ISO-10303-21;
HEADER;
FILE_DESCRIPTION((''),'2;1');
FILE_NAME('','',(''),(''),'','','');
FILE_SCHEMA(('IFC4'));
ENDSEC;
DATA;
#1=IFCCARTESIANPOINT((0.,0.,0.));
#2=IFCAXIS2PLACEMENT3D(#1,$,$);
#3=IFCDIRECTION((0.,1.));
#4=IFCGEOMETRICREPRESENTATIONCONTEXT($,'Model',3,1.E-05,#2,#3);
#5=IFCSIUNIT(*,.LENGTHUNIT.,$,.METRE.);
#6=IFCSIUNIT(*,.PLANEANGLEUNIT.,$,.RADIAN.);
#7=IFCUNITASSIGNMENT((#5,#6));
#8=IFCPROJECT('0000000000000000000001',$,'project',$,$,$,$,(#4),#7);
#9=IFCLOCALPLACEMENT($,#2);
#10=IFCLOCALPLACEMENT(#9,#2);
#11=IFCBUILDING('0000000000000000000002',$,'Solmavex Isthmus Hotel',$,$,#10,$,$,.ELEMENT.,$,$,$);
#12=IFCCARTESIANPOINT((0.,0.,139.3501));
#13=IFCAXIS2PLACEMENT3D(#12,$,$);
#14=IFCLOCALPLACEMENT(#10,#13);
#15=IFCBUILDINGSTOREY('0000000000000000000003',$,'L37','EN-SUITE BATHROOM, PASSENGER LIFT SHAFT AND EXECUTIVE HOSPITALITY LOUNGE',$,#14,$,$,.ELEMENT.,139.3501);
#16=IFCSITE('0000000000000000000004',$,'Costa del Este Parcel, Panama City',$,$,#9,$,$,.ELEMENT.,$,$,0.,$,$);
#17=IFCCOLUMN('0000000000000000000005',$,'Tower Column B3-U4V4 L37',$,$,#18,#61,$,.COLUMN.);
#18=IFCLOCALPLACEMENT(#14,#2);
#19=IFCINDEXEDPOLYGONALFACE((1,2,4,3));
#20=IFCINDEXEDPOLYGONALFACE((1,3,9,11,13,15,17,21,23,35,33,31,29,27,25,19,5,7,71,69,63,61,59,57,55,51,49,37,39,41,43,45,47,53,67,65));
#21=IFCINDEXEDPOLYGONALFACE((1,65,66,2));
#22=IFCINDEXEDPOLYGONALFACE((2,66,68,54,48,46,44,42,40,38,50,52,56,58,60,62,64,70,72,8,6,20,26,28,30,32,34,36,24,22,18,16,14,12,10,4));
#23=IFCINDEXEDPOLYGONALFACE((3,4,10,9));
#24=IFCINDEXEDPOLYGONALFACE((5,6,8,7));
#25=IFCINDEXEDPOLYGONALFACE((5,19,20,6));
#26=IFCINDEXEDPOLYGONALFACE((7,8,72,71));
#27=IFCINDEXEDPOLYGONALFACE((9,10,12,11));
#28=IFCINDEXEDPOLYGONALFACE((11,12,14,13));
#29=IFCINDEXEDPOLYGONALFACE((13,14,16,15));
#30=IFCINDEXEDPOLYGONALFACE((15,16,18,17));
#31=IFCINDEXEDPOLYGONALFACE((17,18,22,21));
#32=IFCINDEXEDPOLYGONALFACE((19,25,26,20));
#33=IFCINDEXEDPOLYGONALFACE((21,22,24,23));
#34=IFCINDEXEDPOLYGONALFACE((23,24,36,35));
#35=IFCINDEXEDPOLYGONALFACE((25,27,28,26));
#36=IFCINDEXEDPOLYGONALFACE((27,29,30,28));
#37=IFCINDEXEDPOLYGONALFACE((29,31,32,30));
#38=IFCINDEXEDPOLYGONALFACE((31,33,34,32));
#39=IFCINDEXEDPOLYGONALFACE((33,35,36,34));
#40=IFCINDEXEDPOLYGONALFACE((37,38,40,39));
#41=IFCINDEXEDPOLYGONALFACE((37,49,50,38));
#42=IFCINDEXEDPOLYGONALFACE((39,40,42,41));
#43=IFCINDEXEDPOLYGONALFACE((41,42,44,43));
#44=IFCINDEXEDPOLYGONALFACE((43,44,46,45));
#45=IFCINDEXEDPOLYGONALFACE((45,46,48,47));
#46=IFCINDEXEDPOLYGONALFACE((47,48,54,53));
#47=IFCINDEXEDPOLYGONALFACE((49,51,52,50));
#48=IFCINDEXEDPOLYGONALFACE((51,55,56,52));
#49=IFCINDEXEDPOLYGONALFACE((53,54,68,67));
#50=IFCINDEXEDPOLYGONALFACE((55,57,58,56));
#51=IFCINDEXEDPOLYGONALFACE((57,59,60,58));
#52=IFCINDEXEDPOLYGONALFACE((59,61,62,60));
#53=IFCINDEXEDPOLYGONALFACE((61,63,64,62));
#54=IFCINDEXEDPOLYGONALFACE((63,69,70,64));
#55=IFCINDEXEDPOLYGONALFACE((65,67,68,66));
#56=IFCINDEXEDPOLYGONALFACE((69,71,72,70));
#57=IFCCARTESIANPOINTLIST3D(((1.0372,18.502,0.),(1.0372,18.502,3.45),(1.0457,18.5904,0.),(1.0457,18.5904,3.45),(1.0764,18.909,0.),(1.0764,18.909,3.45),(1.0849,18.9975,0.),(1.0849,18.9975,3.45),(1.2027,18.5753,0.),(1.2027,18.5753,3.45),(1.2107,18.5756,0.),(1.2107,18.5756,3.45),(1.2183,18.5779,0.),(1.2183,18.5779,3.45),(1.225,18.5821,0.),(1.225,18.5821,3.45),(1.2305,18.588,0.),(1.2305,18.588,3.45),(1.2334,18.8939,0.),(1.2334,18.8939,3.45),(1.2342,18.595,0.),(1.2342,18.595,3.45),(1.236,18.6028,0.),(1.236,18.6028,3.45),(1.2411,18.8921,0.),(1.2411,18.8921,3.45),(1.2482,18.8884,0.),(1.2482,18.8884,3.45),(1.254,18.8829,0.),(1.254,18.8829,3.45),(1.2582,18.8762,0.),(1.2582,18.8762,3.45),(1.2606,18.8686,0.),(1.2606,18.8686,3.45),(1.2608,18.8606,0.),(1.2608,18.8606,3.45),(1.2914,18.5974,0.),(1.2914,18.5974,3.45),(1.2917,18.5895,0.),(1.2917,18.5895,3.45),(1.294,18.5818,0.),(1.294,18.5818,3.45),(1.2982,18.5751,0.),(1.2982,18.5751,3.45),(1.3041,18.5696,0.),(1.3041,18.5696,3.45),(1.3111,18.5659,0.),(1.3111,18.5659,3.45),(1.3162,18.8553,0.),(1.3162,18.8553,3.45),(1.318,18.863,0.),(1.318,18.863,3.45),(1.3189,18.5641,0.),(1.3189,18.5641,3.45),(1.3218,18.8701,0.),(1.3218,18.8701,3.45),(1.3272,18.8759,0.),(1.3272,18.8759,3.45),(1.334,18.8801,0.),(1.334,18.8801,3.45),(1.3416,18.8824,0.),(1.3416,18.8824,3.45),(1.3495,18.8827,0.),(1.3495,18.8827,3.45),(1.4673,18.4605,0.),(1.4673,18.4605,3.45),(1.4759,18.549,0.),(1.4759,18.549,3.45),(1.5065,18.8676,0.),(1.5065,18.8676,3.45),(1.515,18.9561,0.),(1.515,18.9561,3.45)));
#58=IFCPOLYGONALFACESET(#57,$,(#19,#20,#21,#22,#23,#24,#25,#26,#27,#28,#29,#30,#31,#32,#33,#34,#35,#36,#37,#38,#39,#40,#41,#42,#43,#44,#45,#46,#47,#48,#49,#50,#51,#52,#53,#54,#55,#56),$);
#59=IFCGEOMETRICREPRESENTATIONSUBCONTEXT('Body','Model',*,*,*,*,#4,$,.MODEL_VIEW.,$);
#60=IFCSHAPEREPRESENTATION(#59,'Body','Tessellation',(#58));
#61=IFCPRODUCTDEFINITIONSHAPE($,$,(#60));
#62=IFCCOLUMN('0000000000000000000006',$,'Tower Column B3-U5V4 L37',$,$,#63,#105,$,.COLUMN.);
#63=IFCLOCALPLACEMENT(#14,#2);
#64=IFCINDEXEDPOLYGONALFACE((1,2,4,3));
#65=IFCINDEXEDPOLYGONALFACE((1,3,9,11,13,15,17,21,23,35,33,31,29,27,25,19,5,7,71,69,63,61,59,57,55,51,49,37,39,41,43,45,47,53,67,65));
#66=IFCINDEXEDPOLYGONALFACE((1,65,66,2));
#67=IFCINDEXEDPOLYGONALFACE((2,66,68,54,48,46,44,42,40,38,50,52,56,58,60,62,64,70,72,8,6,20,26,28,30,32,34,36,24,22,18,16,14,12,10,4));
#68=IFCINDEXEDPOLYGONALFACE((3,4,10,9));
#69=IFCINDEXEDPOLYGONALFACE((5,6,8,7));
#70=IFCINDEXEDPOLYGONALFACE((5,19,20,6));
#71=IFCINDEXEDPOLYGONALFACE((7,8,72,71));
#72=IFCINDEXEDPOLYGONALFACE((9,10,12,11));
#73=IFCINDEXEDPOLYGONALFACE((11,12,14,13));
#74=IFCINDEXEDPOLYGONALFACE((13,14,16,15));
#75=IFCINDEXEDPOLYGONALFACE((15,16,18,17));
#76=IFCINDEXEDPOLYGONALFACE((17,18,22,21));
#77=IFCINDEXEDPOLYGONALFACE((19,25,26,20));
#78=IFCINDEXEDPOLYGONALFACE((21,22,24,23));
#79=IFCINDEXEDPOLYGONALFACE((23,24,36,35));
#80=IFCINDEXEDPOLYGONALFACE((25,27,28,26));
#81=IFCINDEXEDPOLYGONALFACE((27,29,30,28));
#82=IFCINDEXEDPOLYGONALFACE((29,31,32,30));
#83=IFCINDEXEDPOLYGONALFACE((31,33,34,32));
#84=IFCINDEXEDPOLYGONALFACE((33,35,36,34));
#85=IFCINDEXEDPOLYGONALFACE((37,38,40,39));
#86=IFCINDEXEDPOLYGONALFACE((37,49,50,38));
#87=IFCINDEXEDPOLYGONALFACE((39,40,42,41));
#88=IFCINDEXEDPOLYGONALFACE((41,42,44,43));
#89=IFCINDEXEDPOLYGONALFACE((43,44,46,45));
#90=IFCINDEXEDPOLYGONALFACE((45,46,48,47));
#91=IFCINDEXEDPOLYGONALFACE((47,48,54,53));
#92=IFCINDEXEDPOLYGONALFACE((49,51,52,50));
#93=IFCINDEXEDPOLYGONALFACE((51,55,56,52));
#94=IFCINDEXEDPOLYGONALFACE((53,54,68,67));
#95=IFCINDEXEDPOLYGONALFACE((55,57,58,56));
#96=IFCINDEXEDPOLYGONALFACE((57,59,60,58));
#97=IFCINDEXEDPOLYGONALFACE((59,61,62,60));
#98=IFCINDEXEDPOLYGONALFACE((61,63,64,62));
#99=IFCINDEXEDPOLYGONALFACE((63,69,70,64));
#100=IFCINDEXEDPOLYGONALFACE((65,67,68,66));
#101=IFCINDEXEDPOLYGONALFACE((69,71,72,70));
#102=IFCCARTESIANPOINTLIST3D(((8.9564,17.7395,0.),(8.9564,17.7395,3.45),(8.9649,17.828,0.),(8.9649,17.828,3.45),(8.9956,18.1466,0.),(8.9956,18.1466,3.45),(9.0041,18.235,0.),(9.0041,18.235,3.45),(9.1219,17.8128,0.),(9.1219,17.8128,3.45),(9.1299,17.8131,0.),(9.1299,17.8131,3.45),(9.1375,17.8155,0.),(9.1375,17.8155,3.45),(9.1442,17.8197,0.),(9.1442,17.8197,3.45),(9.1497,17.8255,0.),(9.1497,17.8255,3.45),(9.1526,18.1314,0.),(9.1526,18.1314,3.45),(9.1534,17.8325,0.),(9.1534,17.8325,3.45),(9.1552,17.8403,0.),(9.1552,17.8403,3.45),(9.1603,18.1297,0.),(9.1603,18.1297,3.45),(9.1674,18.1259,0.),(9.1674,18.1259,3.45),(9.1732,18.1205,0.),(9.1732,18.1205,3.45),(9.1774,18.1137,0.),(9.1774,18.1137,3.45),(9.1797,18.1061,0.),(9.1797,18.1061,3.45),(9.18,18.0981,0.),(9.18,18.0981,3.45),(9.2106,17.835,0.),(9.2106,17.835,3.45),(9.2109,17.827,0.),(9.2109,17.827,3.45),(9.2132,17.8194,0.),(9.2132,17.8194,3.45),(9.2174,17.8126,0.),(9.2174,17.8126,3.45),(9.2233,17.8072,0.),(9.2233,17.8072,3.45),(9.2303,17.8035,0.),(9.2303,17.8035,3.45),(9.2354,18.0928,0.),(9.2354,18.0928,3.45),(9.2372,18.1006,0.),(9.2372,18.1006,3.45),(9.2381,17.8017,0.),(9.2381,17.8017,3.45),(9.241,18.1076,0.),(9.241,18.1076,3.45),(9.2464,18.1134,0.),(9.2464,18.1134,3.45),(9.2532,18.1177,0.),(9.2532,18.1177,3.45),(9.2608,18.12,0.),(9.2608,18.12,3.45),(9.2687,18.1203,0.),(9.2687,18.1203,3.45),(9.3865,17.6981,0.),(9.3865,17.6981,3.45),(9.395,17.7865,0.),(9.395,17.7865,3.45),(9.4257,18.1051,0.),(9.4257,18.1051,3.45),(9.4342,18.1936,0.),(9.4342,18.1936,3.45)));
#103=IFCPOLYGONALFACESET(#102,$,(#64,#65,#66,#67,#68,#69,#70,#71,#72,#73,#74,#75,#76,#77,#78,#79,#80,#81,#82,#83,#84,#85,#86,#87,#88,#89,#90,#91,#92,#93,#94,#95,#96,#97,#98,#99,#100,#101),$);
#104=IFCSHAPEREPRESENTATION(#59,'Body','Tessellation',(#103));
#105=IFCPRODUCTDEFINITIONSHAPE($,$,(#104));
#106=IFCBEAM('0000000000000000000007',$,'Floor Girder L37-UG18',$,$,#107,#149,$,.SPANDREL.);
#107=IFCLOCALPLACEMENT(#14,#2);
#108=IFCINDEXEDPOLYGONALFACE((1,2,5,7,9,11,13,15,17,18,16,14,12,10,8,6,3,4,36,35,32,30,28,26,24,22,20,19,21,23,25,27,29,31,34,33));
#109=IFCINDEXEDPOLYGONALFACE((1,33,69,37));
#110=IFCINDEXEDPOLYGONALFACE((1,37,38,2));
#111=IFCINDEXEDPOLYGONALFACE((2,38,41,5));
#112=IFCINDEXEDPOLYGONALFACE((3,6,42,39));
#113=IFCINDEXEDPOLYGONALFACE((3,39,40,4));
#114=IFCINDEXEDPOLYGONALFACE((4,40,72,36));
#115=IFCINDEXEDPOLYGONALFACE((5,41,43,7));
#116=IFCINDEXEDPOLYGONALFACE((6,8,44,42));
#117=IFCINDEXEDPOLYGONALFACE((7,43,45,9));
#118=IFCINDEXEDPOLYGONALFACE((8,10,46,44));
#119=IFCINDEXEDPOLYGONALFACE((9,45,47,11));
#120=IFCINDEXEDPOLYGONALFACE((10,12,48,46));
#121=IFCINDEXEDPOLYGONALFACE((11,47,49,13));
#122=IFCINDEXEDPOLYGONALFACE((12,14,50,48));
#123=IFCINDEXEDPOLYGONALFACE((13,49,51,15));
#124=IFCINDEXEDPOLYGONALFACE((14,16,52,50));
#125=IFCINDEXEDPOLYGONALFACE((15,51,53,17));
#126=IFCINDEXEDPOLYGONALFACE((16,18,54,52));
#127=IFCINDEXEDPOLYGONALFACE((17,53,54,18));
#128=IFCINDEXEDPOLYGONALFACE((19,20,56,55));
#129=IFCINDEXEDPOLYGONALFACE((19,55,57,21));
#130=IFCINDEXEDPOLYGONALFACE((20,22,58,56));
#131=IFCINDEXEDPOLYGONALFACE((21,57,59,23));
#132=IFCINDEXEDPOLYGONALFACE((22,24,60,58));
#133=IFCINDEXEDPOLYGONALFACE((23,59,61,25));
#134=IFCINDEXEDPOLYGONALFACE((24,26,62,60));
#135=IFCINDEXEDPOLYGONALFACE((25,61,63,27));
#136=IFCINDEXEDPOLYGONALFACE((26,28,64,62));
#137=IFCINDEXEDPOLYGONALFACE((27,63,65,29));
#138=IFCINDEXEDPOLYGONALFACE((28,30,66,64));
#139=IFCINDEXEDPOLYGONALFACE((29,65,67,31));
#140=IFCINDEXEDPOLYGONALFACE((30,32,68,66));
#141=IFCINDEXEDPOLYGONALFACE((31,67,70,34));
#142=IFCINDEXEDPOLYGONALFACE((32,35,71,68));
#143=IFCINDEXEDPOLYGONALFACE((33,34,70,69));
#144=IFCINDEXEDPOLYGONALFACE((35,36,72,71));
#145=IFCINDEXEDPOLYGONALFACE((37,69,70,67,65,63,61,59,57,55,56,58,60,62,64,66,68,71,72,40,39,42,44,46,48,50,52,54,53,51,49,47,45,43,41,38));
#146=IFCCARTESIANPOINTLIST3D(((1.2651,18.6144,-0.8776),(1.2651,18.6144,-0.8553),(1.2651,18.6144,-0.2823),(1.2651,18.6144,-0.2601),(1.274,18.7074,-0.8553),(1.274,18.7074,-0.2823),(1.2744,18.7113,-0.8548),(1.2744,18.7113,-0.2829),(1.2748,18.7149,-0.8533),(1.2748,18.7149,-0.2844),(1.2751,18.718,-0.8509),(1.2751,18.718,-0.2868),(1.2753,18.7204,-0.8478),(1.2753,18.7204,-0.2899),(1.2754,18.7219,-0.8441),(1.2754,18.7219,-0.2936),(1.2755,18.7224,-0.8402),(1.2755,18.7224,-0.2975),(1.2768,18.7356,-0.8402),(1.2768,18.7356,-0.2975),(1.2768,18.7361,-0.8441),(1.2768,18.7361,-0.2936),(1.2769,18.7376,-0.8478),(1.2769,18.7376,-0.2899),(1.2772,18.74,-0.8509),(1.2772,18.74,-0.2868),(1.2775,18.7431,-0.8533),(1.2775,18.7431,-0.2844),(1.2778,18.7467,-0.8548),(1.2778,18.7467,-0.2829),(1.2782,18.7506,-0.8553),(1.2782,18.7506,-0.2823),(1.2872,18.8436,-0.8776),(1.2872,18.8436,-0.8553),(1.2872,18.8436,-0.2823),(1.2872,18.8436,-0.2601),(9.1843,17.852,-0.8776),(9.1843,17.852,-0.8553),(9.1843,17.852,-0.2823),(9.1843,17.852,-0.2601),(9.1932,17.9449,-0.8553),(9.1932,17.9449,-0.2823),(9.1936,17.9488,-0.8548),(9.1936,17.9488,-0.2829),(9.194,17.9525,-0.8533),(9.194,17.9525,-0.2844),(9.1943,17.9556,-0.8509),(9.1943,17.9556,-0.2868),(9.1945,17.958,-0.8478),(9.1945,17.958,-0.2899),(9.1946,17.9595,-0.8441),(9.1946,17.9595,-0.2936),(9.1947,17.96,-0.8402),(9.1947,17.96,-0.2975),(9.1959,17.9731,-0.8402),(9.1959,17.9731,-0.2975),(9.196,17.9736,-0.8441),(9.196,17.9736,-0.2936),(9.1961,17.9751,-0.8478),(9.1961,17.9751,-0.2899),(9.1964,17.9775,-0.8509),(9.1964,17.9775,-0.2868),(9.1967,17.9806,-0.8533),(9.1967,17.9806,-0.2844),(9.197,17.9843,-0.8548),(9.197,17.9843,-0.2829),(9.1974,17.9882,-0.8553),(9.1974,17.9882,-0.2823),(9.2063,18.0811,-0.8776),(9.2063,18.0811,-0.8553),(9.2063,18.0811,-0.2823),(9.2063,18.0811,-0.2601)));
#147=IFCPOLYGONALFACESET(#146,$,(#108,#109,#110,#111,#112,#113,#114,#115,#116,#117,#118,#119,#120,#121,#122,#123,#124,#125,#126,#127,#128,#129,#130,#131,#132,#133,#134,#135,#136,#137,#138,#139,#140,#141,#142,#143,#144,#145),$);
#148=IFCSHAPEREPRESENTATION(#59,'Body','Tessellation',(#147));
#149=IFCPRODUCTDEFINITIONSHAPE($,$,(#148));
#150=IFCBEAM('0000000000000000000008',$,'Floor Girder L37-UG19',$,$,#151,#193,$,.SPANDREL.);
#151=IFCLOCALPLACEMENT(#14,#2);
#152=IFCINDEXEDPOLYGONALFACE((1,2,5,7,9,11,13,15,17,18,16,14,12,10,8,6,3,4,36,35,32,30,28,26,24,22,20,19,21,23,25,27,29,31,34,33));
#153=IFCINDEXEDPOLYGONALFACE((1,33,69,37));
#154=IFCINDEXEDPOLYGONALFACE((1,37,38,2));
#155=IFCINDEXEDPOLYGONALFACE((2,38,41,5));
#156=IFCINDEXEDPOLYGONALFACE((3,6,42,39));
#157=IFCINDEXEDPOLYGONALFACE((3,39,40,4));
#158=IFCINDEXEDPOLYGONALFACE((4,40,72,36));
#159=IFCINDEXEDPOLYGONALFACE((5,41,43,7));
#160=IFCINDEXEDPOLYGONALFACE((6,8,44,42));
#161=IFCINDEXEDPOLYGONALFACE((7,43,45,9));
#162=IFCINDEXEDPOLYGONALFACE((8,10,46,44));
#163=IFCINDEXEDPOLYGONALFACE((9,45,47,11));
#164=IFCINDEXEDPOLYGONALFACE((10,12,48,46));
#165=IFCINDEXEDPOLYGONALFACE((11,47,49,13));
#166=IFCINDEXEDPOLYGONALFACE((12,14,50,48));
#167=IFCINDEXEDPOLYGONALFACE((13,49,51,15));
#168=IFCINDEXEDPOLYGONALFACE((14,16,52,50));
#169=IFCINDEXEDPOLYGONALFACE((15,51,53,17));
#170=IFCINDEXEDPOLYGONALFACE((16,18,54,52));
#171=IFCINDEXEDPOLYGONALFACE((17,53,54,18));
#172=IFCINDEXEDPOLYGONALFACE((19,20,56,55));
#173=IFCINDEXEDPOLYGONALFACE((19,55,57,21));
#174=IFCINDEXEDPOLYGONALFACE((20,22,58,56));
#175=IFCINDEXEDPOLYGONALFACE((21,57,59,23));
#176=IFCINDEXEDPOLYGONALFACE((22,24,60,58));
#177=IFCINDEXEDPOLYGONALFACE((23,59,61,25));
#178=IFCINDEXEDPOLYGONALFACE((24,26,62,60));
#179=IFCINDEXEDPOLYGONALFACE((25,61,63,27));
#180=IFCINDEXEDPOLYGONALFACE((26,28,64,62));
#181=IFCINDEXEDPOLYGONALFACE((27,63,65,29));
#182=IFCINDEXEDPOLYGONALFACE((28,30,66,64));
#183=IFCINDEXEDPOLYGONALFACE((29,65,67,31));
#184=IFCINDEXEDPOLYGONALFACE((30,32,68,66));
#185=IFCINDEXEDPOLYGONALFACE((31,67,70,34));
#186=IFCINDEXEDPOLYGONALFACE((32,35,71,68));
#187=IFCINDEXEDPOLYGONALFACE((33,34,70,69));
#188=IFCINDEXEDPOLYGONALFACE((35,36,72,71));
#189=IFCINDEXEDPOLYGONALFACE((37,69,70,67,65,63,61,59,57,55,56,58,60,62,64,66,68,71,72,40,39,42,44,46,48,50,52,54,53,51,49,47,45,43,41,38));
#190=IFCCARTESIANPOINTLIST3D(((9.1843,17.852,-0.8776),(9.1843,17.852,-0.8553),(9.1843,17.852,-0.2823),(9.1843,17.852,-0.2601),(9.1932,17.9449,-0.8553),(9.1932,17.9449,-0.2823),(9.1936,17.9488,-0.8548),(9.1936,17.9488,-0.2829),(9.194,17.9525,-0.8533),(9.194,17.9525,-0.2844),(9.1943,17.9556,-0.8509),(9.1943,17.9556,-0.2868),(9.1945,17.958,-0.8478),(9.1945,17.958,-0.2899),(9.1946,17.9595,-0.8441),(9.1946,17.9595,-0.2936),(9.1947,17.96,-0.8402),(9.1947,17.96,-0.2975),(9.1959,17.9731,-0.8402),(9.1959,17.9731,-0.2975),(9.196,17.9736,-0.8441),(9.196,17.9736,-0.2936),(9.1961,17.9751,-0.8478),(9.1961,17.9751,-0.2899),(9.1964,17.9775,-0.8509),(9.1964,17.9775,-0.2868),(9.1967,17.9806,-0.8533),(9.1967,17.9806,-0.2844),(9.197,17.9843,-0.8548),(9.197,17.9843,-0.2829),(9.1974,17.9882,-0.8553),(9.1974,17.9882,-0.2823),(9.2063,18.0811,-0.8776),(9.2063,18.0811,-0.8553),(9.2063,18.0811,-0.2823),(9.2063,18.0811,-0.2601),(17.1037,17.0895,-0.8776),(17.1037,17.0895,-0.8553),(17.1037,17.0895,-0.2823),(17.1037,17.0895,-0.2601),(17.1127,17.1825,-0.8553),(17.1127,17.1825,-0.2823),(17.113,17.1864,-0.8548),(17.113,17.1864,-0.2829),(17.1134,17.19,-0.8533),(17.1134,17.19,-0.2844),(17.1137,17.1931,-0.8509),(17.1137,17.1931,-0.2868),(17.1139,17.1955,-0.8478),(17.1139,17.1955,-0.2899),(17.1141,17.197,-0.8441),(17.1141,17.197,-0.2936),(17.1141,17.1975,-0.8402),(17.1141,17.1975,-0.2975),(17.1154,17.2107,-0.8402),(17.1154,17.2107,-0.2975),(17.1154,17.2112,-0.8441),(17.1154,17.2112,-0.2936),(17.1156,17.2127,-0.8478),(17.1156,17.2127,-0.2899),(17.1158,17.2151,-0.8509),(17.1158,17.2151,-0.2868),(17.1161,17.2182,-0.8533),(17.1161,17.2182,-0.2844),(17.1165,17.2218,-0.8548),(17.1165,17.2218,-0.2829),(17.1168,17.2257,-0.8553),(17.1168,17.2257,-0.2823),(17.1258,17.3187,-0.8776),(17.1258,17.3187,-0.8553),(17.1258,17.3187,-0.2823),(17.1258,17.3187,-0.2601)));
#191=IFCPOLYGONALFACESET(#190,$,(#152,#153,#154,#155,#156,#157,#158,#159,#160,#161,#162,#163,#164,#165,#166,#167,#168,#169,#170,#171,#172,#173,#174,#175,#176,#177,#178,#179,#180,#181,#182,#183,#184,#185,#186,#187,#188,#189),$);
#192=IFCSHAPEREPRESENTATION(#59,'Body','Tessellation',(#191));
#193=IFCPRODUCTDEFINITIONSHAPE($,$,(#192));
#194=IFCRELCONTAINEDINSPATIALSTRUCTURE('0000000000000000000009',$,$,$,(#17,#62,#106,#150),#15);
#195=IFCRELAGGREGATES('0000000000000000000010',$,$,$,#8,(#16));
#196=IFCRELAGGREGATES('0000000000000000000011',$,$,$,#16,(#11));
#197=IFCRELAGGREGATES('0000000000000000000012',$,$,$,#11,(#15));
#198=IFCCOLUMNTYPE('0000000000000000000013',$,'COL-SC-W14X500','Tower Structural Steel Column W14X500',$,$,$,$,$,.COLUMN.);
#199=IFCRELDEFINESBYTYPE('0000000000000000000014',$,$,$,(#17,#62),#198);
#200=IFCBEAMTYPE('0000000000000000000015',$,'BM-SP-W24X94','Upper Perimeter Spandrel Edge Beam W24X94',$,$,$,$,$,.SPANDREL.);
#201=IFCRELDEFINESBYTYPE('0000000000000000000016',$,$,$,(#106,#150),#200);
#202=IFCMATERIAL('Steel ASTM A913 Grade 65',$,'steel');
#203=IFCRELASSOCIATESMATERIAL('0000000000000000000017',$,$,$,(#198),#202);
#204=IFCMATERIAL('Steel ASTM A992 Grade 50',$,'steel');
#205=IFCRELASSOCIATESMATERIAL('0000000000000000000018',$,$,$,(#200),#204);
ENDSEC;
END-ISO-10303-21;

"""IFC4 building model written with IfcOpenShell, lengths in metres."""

from ifc_helpers import new_model, si_unit, direction, frame, origin, origin_2d, place, context, subcontext, project, spatial, i_section, extrude, material, material_profile, profile_set, type_object, element, save


model = new_model("IFC4")

# Units and contexts
model_context = context("Model", 3, precision=1e-05, world=origin(), true_north=direction((0.0, 1.0)))
body_context = subcontext(model_context, "Body", "Model", "MODEL_VIEW")
ifc_project = project(units=[si_unit("LENGTHUNIT", "METRE"), si_unit("PLANEANGLEUNIT", "RADIAN")], contexts=[model_context])

# Site, building, storey
site_placement = place(None, origin())
site = spatial("IfcSite", under=ifc_project, at=site_placement, Name="Costa del Este Parcel, Panama City", CompositionType="ELEMENT", RefElevation=0.0)
building_placement = place(site_placement, origin())
building = spatial("IfcBuilding", under=site, at=building_placement, Name="Solmavex Isthmus Hotel", CompositionType="ELEMENT")
storey_placement = place(building_placement, frame((0.0, 0.0, 139.3501)))
storey = spatial("IfcBuildingStorey", under=building, at=storey_placement, Name="L37", Description="EN-SUITE BATHROOM, PASSENGER LIFT SHAFT AND EXECUTIVE HOSPITALITY LOUNGE", CompositionType="ELEMENT", Elevation=139.3501)

# Columns
ifc_material_1 = material(Name="Steel ASTM A913 Grade 65", Category="steel")
ifc_material_profile_1 = material_profile(ifc_material_1, i_section(OverallWidth=0.4321, OverallDepth=0.4978, WebThickness=0.0557, FlangeThickness=0.0889, FilletRadius=0.0305, at=origin_2d()), Name="W14X500")
ifc_profile_set_1 = profile_set([ifc_material_profile_1], Name="Steel ASTM A913 Grade 65")
column_type = type_object("IfcColumnType", Name="COL-SC-W14X500", Description="Tower Structural Steel Column W14X500", PredefinedType="COLUMN", material=ifc_profile_set_1)
for number, where, z_axis, x_axis, name in (
    (1, (1.2761, 18.729, 0.0), (0.0, 0.0, 1.0), (0.995396, -0.095846, 0.0), "Tower Column B3-U4V4 L37"),
    (2, (9.1953, 17.9666, 0.0), (0.0, 0.0, 1.0), (0.995396, -0.095846, 0.0), "Tower Column B3-U5V4 L37"),
):
    element("IfcColumn", number, at=place(storey_placement, frame(where, z_axis=z_axis, x_axis=x_axis)), inside=storey, type_object=column_type, Name=name, PredefinedType="COLUMN", context=body_context, shape_type="SweptSolid", body=[
        extrude(i_section(OverallWidth=0.4321, OverallDepth=0.4978, WebThickness=0.0557, FlangeThickness=0.0889, FilletRadius=0.0305, at=origin_2d()), origin(), (0.0, 0.0, 1.0), 3.45),
    ])

# Beams
ifc_material_2 = material(Name="Steel ASTM A992 Grade 50", Category="steel")
ifc_material_profile_2 = material_profile(ifc_material_2, i_section(OverallWidth=0.2302, OverallDepth=0.6174, WebThickness=0.0132, FlangeThickness=0.0222, FilletRadius=0.0151, at=origin_2d()), Name="W24X94")
ifc_profile_set_2 = profile_set([ifc_material_profile_2], Name="Steel ASTM A992 Grade 50")
beam_type = type_object("IfcBeamType", Name="BM-SP-W24X94", Description="Upper Perimeter Spandrel Edge Beam W24X94", PredefinedType="SPANDREL", material=ifc_profile_set_2)
beam_1_placement = place(storey_placement, frame((1.2761, 18.729, -0.5688), z_axis=(0.995397, -0.095836, 0.0), x_axis=(0.095836, 0.995397, 0.0)))
element("IfcBeam", 3, at=beam_1_placement, inside=storey, type_object=beam_type, Name="Floor Girder L37-UG18", PredefinedType="SPANDREL", context=body_context, shape_type="SweptSolid", body=[
    extrude(i_section(OverallWidth=0.2302, OverallDepth=0.6174, WebThickness=0.0132, FlangeThickness=0.0222, FilletRadius=0.0151, at=origin_2d()), origin(), (0.0, 0.0, 1.0), 7.9558),
])
beam_2_placement = place(storey_placement, frame((9.1953, 17.9666, -0.5688), z_axis=(0.995397, -0.095833, 0.0), x_axis=(0.095833, 0.995397, 0.0)))
element("IfcBeam", 4, at=beam_2_placement, inside=storey, type_object=beam_type, Name="Floor Girder L37-UG19", PredefinedType="SPANDREL", context=body_context, shape_type="SweptSolid", body=[
    extrude(i_section(OverallWidth=0.2302, OverallDepth=0.6174, WebThickness=0.0132, FlangeThickness=0.0222, FilletRadius=0.0151, at=origin_2d()), origin(), (0.0, 0.0, 1.0), 7.9561),
])

save(model, "model.ifc")
